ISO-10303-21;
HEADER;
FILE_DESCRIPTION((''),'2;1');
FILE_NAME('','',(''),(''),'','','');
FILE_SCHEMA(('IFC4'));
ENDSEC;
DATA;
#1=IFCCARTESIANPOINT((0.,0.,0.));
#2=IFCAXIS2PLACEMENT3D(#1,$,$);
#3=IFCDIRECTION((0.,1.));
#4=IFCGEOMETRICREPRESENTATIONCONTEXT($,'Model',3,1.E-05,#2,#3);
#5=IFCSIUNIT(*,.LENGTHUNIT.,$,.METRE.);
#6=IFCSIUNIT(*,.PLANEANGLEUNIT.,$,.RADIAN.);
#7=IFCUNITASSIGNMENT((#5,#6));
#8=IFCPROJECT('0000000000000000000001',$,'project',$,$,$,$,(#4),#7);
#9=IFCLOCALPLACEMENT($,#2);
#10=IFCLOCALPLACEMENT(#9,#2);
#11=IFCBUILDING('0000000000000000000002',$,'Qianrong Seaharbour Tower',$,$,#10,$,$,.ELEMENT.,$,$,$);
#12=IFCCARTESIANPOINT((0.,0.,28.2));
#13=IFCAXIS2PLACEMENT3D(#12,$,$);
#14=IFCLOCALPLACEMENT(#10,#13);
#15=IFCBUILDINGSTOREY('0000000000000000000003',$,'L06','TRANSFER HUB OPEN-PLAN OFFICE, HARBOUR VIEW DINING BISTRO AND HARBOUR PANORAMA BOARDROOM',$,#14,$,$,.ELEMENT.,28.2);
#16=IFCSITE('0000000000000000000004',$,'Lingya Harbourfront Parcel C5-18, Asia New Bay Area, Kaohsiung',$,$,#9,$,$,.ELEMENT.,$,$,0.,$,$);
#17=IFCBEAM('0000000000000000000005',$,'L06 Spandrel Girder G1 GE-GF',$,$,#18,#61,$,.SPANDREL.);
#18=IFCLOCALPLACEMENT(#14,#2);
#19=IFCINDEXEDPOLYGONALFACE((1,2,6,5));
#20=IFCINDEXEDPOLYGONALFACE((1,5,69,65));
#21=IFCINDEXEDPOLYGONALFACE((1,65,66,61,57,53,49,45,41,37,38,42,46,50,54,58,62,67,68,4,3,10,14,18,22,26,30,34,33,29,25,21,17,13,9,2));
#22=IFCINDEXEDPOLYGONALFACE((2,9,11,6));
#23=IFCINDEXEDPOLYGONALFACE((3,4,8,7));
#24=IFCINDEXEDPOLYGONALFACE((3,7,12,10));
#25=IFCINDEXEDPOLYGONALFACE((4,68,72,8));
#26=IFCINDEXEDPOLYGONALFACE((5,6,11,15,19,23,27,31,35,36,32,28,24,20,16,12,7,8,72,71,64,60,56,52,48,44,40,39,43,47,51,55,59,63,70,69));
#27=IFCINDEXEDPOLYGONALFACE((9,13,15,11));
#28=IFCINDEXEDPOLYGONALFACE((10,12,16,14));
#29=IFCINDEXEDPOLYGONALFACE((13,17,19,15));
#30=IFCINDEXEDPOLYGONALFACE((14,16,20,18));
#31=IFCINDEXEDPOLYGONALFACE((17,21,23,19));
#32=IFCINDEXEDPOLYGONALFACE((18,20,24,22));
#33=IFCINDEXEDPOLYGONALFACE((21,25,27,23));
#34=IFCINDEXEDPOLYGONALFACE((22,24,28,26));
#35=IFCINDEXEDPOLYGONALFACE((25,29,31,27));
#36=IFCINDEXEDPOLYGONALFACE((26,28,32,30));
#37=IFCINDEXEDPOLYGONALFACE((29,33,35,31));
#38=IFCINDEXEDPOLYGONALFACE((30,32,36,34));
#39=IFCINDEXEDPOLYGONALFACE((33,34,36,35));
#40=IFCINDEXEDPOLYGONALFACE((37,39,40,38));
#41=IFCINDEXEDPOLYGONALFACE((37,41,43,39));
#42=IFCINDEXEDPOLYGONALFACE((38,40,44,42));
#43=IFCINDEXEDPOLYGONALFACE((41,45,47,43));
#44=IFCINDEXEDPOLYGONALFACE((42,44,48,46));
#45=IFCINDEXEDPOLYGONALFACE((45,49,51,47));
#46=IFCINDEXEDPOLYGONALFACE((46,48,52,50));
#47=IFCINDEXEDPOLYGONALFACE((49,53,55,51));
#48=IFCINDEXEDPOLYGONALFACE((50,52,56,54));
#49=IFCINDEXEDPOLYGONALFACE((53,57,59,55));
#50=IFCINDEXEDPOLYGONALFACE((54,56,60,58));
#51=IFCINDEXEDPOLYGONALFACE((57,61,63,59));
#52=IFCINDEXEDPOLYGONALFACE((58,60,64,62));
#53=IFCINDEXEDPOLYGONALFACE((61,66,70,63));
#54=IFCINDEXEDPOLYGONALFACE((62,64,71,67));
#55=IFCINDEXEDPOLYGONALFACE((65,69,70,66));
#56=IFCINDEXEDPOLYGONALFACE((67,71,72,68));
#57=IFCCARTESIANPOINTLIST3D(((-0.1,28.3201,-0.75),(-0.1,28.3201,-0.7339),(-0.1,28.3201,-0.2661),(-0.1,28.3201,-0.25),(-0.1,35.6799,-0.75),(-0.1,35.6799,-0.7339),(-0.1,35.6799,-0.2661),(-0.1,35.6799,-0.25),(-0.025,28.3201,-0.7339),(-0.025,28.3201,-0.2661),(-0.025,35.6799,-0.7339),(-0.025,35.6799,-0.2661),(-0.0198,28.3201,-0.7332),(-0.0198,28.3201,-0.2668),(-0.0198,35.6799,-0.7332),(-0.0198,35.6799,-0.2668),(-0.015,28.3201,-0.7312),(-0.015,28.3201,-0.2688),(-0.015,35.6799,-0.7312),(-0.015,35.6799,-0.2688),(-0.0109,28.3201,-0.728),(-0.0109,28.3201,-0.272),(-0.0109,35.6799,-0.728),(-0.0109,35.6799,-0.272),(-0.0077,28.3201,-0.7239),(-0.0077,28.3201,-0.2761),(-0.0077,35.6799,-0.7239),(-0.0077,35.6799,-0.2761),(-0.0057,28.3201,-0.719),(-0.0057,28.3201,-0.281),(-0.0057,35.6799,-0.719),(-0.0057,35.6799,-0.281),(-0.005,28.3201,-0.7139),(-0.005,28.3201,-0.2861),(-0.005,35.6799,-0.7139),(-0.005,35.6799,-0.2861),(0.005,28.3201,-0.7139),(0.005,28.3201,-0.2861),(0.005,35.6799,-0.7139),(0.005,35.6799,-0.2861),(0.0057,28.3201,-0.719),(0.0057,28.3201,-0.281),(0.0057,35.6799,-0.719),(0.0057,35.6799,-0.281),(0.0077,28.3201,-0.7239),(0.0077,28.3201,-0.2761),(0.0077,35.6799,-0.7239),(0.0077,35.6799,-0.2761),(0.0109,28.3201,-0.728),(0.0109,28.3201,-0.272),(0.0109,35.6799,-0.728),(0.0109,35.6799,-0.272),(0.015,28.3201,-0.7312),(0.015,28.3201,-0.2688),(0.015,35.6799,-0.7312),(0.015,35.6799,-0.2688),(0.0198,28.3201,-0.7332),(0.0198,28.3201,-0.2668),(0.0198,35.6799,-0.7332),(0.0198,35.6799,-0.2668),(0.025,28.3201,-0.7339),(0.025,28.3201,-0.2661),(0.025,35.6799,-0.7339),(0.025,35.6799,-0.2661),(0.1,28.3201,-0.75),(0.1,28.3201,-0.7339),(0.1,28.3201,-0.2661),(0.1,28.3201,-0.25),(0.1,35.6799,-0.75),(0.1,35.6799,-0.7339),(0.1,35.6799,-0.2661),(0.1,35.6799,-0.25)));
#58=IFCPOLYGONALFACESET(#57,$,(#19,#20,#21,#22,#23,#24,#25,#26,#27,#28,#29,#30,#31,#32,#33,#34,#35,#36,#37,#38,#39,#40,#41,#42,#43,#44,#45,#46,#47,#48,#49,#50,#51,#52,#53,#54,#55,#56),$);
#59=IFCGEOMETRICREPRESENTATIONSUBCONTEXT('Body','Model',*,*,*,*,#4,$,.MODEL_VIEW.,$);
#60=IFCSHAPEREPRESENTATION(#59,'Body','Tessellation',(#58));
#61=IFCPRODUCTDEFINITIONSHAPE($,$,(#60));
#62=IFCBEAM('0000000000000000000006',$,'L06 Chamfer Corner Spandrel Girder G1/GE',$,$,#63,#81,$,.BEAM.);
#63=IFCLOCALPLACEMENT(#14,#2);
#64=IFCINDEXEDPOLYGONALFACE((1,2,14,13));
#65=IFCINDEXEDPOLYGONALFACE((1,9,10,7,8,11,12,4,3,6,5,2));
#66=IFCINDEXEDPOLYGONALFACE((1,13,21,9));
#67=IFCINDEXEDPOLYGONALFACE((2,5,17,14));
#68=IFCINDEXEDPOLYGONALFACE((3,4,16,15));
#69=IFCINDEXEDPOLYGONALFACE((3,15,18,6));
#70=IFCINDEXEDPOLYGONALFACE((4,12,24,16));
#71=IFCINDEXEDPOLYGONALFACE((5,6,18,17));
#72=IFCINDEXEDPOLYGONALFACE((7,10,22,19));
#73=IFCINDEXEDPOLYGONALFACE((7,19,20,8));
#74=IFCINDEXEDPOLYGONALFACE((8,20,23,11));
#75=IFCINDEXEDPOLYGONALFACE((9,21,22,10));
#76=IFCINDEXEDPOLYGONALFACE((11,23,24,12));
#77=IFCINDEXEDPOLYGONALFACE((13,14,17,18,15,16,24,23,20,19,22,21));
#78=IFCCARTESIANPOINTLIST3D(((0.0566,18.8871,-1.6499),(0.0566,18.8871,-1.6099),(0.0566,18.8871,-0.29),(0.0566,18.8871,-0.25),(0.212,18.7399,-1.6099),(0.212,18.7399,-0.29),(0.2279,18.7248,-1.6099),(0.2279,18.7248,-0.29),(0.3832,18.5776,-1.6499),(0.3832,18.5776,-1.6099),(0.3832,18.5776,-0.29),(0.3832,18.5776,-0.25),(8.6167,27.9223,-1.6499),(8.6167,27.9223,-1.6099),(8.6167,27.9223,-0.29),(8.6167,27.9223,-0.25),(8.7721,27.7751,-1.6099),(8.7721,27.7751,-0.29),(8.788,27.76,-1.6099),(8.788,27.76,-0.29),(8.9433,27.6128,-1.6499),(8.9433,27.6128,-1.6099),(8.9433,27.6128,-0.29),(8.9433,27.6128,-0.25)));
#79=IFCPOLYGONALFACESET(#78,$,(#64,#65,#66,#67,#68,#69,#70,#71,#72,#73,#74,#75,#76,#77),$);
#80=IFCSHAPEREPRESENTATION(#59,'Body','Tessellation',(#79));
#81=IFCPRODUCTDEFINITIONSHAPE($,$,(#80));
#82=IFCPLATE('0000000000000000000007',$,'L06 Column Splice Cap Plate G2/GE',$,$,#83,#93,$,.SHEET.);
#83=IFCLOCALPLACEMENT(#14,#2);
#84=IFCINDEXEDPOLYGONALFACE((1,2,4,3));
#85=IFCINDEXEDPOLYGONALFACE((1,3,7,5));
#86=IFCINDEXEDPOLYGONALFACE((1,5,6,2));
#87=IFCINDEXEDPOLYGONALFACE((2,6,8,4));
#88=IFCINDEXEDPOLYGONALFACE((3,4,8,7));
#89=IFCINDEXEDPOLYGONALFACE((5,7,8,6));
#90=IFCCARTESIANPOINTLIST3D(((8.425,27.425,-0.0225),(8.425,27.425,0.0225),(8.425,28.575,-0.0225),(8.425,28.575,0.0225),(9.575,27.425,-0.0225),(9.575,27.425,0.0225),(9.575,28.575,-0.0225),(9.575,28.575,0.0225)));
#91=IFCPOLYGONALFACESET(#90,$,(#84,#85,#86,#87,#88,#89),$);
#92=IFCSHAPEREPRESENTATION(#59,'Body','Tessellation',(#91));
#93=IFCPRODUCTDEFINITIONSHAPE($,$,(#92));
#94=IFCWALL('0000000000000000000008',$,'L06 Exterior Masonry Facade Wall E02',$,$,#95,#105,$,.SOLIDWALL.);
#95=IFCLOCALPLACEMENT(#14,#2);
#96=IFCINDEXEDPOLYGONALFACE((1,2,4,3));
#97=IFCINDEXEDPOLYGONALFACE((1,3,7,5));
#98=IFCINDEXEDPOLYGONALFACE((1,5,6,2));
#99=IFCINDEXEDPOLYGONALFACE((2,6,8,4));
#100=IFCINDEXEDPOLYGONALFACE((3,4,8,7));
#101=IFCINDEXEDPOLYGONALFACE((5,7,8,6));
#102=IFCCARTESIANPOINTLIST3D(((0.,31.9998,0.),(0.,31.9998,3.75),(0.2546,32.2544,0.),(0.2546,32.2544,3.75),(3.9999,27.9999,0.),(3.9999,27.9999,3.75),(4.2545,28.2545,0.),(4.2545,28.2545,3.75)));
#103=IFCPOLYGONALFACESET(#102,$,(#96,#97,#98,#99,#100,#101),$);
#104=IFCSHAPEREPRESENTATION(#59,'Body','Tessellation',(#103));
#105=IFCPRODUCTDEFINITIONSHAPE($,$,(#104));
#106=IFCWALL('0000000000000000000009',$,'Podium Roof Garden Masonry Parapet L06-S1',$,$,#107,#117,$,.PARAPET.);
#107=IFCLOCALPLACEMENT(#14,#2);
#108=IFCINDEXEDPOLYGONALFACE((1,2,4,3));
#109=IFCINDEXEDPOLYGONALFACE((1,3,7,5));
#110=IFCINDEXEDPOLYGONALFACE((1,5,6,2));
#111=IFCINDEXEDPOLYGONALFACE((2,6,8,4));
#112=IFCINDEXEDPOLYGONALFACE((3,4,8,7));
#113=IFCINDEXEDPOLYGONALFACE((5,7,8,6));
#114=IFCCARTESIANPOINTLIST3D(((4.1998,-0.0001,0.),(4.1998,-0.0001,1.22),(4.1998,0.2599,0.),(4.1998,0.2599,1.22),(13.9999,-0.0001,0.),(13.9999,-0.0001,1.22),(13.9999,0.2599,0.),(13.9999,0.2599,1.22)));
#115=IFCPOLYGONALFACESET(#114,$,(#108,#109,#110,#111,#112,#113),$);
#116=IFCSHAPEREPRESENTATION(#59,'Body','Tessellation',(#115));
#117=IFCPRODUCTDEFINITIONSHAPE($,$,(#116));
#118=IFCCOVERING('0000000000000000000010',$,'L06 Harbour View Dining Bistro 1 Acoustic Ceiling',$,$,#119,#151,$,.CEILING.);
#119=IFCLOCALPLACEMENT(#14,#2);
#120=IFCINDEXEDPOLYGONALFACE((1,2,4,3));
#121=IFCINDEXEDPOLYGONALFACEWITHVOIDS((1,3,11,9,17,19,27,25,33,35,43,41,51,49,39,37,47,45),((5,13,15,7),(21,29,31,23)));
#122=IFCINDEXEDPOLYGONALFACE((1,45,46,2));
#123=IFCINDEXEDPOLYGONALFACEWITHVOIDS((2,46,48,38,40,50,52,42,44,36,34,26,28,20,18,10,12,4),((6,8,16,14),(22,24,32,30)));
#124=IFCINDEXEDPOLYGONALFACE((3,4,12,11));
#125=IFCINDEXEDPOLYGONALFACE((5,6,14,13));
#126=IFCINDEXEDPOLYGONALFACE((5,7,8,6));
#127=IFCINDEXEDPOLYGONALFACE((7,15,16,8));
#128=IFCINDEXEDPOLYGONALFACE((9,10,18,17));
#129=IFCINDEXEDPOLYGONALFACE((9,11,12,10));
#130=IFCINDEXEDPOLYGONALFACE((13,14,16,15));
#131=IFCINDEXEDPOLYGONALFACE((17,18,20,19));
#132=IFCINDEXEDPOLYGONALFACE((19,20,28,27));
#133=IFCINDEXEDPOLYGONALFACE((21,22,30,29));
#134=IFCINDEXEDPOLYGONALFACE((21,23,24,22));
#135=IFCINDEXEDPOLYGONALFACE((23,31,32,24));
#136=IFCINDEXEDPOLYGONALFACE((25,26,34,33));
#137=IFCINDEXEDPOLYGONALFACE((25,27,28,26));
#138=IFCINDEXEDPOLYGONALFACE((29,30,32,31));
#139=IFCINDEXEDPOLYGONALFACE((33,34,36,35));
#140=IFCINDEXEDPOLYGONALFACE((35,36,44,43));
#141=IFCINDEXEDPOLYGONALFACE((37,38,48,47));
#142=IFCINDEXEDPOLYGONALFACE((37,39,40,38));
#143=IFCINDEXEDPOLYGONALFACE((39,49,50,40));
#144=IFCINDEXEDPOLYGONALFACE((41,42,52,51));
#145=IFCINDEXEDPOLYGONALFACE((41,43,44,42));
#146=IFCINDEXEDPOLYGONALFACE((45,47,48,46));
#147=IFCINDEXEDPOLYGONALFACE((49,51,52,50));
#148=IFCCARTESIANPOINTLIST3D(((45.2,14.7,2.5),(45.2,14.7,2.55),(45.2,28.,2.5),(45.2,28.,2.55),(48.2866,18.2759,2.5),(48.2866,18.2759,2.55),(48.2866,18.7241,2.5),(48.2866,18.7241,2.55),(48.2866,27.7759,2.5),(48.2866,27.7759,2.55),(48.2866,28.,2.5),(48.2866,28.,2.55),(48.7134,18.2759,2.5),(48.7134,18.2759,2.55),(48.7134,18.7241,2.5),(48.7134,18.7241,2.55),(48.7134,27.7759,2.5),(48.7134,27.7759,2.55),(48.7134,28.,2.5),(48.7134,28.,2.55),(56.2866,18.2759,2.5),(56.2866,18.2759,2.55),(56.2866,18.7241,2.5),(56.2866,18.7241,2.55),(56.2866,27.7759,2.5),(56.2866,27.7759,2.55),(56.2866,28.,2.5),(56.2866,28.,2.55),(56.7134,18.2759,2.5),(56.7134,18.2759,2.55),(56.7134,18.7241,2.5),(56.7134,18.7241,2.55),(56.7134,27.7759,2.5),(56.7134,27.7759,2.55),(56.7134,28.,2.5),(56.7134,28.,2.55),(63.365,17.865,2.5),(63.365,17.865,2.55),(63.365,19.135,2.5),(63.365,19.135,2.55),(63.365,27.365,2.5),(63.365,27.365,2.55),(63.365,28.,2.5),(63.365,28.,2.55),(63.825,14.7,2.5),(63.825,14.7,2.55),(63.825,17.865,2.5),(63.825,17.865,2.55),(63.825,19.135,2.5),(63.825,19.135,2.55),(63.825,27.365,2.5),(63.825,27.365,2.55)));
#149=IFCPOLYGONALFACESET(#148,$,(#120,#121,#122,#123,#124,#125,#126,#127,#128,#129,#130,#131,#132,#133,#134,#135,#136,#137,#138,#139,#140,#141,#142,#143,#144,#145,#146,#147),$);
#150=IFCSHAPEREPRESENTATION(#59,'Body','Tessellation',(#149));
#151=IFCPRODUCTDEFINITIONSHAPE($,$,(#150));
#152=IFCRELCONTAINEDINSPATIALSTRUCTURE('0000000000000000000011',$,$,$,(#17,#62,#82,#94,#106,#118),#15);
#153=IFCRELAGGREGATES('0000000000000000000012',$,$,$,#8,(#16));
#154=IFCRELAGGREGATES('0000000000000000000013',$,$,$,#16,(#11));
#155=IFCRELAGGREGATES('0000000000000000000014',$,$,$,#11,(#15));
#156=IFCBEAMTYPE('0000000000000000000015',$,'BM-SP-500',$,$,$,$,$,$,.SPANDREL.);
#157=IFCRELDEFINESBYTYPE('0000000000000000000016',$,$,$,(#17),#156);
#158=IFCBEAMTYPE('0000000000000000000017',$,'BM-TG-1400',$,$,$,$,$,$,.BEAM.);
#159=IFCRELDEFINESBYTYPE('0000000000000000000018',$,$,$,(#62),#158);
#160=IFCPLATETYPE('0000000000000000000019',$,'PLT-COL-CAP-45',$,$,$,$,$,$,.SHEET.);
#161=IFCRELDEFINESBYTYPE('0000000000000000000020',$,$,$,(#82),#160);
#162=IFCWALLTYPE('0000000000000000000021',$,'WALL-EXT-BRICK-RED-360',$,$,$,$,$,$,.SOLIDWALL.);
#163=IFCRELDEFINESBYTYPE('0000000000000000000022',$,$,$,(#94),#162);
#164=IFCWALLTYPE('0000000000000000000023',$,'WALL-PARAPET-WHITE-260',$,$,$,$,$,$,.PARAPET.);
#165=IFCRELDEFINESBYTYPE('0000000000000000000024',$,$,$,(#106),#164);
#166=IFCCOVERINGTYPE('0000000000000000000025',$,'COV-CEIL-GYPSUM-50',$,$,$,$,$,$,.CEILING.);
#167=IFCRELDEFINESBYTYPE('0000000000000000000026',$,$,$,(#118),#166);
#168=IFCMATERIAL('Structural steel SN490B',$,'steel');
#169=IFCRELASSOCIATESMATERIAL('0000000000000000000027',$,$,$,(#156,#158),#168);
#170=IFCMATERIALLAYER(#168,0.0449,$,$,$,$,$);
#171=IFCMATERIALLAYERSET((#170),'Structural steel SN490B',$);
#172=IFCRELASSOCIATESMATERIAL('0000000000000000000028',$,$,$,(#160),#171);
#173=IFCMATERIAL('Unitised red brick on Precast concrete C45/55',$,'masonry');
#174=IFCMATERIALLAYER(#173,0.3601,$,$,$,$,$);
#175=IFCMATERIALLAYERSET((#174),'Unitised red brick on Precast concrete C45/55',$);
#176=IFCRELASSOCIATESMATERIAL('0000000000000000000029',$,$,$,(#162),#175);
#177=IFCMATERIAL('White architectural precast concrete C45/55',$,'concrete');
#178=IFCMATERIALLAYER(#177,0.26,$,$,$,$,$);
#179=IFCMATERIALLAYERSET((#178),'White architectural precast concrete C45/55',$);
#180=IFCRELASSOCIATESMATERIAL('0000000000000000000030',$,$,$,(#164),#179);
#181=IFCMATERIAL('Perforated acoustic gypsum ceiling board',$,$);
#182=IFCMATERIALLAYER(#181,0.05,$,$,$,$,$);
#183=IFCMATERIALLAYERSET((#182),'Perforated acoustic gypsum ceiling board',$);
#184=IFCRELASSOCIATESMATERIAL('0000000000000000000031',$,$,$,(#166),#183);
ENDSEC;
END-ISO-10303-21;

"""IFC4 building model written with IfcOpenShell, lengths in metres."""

from ifc_helpers import new_model, si_unit, direction, frame, frame_2d, origin, origin_2d, place, context, subcontext, project, spatial, polyline, rectangle, i_section, outline, extrude, material, layer, layer_set, material_profile, profile_set, type_object, element, save


model = new_model("IFC4")

# Units and contexts
model_context = context("Model", 3, precision=1e-05, world=origin(), true_north=direction((0.0, 1.0)))
body_context = subcontext(model_context, "Body", "Model", "MODEL_VIEW")
ifc_project = project(units=[si_unit("LENGTHUNIT", "METRE"), si_unit("PLANEANGLEUNIT", "RADIAN")], contexts=[model_context])

# Site, building, storey
site_placement = place(None, origin())
site = spatial("IfcSite", under=ifc_project, at=site_placement, Name="Lingya Harbourfront Parcel C5-18, Asia New Bay Area, Kaohsiung", CompositionType="ELEMENT", RefElevation=0.0)
building_placement = place(site_placement, origin())
building = spatial("IfcBuilding", under=site, at=building_placement, Name="Qianrong Seaharbour Tower", CompositionType="ELEMENT")
storey_placement = place(building_placement, frame((0.0, 0.0, 28.2)))
storey = spatial("IfcBuildingStorey", under=building, at=storey_placement, Name="L06", Description="TRANSFER HUB OPEN-PLAN OFFICE, HARBOUR VIEW DINING BISTRO AND HARBOUR PANORAMA BOARDROOM", CompositionType="ELEMENT", Elevation=28.2)

# Shared definitions
ifc_material_1 = material(Name="Structural steel SN490B", Category="steel")

# Beams
ifc_material_profile_1 = material_profile(ifc_material_1, i_section(OverallWidth=0.2, OverallDepth=0.5, WebThickness=0.01, FlangeThickness=0.0161, FilletRadius=0.02, at=origin_2d()), Name="H500x200x10x16")
ifc_profile_set_1 = profile_set([ifc_material_profile_1], Name="Structural steel SN490B")
beam_type_1 = type_object("IfcBeamType", Name="BM-SP-500", PredefinedType="SPANDREL", material=ifc_profile_set_1)
beam_1_placement = place(storey_placement, frame((0.0, 28.3201, -0.5), z_axis=(0.0, 1.0, 0.0), x_axis=(-1.0, 0.0, 0.0)))
element("IfcBeam", 1, at=beam_1_placement, inside=storey, type_object=beam_type_1, Name="L06 Spandrel Girder G1 GE-GF", PredefinedType="SPANDREL", context=body_context, shape_type="SweptSolid", body=[
    extrude(i_section(OverallWidth=0.2, OverallDepth=0.5, WebThickness=0.01, FlangeThickness=0.0161, FilletRadius=0.02, at=origin_2d()), origin(), (0.0, 0.0, 1.0), 7.3599),
])
ifc_material_profile_2 = material_profile(ifc_material_1, i_section(OverallWidth=0.45, OverallDepth=1.3999, WebThickness=0.022, FlangeThickness=0.04, at=origin_2d()), Name="BH1400x450x22x40")
ifc_profile_set_2 = profile_set([ifc_material_profile_2], Name="Structural steel SN490B")
beam_type_2 = type_object("IfcBeamType", Name="BM-TG-1400", PredefinedType="BEAM", material=ifc_profile_set_2)
beam_2_placement = place(storey_placement, frame((8.78, 27.7676, -0.95), z_axis=(-0.687763, -0.725935, 0.0), x_axis=(0.725935, -0.687763, 0.0)))
element("IfcBeam", 2, at=beam_2_placement, inside=storey, type_object=beam_type_2, Name="L06 Chamfer Corner Spandrel Girder G1/GE", PredefinedType="BEAM", context=body_context, shape_type="SweptSolid", body=[
    extrude(i_section(OverallWidth=0.45, OverallDepth=1.3999, WebThickness=0.022, FlangeThickness=0.04, at=origin_2d()), origin(), (0.0, 0.0, 1.0), 12.4463),
])

# Plate
ifc_layer_1 = layer(ifc_material_1, 0.0449)
ifc_layer_set_1 = layer_set([ifc_layer_1], Name="Structural steel SN490B")
plate_type = type_object("IfcPlateType", Name="PLT-COL-CAP-45", PredefinedType="SHEET", material=ifc_layer_set_1)
plate_placement = place(storey_placement, frame((9.0, 28.0, -0.0225), z_axis=(0.0, 0.0, 1.0), x_axis=(1.0, 0.0, 0.0)))
element("IfcPlate", 3, at=plate_placement, inside=storey, type_object=plate_type, Name="L06 Column Splice Cap Plate G2/GE", PredefinedType="SHEET", context=body_context, shape_type="SweptSolid", body=[
    extrude(rectangle(XDim=1.1499, YDim=1.1499, at=origin_2d()), origin(), (0.0, 0.0, 1.0), 0.0449),
])

# Walls
ifc_material_2 = material(Name="Unitised red brick on Precast concrete C45/55", Category="masonry")
ifc_layer_2 = layer(ifc_material_2, 0.3601)
ifc_layer_set_2 = layer_set([ifc_layer_2], Name="Unitised red brick on Precast concrete C45/55")
wall_type_1 = type_object("IfcWallType", Name="WALL-EXT-BRICK-RED-360", PredefinedType="SOLIDWALL", material=ifc_layer_set_2)
wall_1_placement = place(storey_placement, frame((4.1272, 28.1272, 0.0), z_axis=(0.0, 0.0, 1.0), x_axis=(-0.707107, 0.707107, 0.0)))
element("IfcWall", 4, at=wall_1_placement, inside=storey, type_object=wall_type_1, Name="L06 Exterior Masonry Facade Wall E02", PredefinedType="SOLIDWALL", context=body_context, shape_type="SweptSolid", body=[
    extrude(rectangle(XDim=5.6567, YDim=0.3601, at=frame_2d((2.8284, 0.0))), origin(), (0.0, 0.0, 1.0), 3.75),
])
ifc_material_3 = material(Name="White architectural precast concrete C45/55", Category="concrete")
ifc_layer_3 = layer(ifc_material_3, 0.26)
ifc_layer_set_3 = layer_set([ifc_layer_3], Name="White architectural precast concrete C45/55")
wall_type_2 = type_object("IfcWallType", Name="WALL-PARAPET-WHITE-260", PredefinedType="PARAPET", material=ifc_layer_set_3)
wall_2_placement = place(storey_placement, frame((4.2, 0.1299, 0.0), z_axis=(0.0, 0.0, 1.0), x_axis=(1.0, 0.0, 0.0)))
element("IfcWall", 5, at=wall_2_placement, inside=storey, type_object=wall_type_2, Name="Podium Roof Garden Masonry Parapet L06-S1", PredefinedType="PARAPET", context=body_context, shape_type="SweptSolid", body=[
    extrude(rectangle(XDim=9.8, YDim=0.26, at=frame_2d((4.8999, 0.0))), origin(), (0.0, 0.0, 1.0), 1.22),
])

# Covering
ifc_material_4 = material(Name="Perforated acoustic gypsum ceiling board")
ifc_layer_4 = layer(ifc_material_4, 0.05)
ifc_layer_set_4 = layer_set([ifc_layer_4], Name="Perforated acoustic gypsum ceiling board")
covering_type = type_object("IfcCoveringType", Name="COV-CEIL-GYPSUM-50", PredefinedType="CEILING", material=ifc_layer_set_4)
covering_1_placement = place(storey_placement, frame((0.0, 0.0, 2.5)))
element("IfcCovering", 6, at=covering_1_placement, inside=storey, type_object=covering_type, Name="L06 Harbour View Dining Bistro 1 Acoustic Ceiling", PredefinedType="CEILING", context=body_context, shape_type="SweptSolid", body=[
    extrude(outline(polyline([(48.2866, 28.0), (48.2866, 27.7759), (48.7134, 27.7759), (48.7134, 28.0), (56.2866, 28.0), (56.2866, 27.7759), (56.7134, 27.7759), (56.7134, 28.0), (63.365, 28.0), (63.365, 27.365), (63.825, 27.365), (63.825, 19.135), (63.365, 19.135), (63.365, 17.865), (63.825, 17.865), (63.825, 14.7), (45.2, 14.7), (45.2, 28.0), (48.2866, 28.0)]), holes=[polyline([(56.7134, 18.2759), (56.7134, 18.7241), (56.2866, 18.7241), (56.2866, 18.2759), (56.7134, 18.2759)]), polyline([(48.2866, 18.2759), (48.7134, 18.2759), (48.7134, 18.7241), (48.2866, 18.7241), (48.2866, 18.2759)])]), origin(), (0.0, 0.0, 1.0), 0.05),
])

save(model, "model.ifc")
